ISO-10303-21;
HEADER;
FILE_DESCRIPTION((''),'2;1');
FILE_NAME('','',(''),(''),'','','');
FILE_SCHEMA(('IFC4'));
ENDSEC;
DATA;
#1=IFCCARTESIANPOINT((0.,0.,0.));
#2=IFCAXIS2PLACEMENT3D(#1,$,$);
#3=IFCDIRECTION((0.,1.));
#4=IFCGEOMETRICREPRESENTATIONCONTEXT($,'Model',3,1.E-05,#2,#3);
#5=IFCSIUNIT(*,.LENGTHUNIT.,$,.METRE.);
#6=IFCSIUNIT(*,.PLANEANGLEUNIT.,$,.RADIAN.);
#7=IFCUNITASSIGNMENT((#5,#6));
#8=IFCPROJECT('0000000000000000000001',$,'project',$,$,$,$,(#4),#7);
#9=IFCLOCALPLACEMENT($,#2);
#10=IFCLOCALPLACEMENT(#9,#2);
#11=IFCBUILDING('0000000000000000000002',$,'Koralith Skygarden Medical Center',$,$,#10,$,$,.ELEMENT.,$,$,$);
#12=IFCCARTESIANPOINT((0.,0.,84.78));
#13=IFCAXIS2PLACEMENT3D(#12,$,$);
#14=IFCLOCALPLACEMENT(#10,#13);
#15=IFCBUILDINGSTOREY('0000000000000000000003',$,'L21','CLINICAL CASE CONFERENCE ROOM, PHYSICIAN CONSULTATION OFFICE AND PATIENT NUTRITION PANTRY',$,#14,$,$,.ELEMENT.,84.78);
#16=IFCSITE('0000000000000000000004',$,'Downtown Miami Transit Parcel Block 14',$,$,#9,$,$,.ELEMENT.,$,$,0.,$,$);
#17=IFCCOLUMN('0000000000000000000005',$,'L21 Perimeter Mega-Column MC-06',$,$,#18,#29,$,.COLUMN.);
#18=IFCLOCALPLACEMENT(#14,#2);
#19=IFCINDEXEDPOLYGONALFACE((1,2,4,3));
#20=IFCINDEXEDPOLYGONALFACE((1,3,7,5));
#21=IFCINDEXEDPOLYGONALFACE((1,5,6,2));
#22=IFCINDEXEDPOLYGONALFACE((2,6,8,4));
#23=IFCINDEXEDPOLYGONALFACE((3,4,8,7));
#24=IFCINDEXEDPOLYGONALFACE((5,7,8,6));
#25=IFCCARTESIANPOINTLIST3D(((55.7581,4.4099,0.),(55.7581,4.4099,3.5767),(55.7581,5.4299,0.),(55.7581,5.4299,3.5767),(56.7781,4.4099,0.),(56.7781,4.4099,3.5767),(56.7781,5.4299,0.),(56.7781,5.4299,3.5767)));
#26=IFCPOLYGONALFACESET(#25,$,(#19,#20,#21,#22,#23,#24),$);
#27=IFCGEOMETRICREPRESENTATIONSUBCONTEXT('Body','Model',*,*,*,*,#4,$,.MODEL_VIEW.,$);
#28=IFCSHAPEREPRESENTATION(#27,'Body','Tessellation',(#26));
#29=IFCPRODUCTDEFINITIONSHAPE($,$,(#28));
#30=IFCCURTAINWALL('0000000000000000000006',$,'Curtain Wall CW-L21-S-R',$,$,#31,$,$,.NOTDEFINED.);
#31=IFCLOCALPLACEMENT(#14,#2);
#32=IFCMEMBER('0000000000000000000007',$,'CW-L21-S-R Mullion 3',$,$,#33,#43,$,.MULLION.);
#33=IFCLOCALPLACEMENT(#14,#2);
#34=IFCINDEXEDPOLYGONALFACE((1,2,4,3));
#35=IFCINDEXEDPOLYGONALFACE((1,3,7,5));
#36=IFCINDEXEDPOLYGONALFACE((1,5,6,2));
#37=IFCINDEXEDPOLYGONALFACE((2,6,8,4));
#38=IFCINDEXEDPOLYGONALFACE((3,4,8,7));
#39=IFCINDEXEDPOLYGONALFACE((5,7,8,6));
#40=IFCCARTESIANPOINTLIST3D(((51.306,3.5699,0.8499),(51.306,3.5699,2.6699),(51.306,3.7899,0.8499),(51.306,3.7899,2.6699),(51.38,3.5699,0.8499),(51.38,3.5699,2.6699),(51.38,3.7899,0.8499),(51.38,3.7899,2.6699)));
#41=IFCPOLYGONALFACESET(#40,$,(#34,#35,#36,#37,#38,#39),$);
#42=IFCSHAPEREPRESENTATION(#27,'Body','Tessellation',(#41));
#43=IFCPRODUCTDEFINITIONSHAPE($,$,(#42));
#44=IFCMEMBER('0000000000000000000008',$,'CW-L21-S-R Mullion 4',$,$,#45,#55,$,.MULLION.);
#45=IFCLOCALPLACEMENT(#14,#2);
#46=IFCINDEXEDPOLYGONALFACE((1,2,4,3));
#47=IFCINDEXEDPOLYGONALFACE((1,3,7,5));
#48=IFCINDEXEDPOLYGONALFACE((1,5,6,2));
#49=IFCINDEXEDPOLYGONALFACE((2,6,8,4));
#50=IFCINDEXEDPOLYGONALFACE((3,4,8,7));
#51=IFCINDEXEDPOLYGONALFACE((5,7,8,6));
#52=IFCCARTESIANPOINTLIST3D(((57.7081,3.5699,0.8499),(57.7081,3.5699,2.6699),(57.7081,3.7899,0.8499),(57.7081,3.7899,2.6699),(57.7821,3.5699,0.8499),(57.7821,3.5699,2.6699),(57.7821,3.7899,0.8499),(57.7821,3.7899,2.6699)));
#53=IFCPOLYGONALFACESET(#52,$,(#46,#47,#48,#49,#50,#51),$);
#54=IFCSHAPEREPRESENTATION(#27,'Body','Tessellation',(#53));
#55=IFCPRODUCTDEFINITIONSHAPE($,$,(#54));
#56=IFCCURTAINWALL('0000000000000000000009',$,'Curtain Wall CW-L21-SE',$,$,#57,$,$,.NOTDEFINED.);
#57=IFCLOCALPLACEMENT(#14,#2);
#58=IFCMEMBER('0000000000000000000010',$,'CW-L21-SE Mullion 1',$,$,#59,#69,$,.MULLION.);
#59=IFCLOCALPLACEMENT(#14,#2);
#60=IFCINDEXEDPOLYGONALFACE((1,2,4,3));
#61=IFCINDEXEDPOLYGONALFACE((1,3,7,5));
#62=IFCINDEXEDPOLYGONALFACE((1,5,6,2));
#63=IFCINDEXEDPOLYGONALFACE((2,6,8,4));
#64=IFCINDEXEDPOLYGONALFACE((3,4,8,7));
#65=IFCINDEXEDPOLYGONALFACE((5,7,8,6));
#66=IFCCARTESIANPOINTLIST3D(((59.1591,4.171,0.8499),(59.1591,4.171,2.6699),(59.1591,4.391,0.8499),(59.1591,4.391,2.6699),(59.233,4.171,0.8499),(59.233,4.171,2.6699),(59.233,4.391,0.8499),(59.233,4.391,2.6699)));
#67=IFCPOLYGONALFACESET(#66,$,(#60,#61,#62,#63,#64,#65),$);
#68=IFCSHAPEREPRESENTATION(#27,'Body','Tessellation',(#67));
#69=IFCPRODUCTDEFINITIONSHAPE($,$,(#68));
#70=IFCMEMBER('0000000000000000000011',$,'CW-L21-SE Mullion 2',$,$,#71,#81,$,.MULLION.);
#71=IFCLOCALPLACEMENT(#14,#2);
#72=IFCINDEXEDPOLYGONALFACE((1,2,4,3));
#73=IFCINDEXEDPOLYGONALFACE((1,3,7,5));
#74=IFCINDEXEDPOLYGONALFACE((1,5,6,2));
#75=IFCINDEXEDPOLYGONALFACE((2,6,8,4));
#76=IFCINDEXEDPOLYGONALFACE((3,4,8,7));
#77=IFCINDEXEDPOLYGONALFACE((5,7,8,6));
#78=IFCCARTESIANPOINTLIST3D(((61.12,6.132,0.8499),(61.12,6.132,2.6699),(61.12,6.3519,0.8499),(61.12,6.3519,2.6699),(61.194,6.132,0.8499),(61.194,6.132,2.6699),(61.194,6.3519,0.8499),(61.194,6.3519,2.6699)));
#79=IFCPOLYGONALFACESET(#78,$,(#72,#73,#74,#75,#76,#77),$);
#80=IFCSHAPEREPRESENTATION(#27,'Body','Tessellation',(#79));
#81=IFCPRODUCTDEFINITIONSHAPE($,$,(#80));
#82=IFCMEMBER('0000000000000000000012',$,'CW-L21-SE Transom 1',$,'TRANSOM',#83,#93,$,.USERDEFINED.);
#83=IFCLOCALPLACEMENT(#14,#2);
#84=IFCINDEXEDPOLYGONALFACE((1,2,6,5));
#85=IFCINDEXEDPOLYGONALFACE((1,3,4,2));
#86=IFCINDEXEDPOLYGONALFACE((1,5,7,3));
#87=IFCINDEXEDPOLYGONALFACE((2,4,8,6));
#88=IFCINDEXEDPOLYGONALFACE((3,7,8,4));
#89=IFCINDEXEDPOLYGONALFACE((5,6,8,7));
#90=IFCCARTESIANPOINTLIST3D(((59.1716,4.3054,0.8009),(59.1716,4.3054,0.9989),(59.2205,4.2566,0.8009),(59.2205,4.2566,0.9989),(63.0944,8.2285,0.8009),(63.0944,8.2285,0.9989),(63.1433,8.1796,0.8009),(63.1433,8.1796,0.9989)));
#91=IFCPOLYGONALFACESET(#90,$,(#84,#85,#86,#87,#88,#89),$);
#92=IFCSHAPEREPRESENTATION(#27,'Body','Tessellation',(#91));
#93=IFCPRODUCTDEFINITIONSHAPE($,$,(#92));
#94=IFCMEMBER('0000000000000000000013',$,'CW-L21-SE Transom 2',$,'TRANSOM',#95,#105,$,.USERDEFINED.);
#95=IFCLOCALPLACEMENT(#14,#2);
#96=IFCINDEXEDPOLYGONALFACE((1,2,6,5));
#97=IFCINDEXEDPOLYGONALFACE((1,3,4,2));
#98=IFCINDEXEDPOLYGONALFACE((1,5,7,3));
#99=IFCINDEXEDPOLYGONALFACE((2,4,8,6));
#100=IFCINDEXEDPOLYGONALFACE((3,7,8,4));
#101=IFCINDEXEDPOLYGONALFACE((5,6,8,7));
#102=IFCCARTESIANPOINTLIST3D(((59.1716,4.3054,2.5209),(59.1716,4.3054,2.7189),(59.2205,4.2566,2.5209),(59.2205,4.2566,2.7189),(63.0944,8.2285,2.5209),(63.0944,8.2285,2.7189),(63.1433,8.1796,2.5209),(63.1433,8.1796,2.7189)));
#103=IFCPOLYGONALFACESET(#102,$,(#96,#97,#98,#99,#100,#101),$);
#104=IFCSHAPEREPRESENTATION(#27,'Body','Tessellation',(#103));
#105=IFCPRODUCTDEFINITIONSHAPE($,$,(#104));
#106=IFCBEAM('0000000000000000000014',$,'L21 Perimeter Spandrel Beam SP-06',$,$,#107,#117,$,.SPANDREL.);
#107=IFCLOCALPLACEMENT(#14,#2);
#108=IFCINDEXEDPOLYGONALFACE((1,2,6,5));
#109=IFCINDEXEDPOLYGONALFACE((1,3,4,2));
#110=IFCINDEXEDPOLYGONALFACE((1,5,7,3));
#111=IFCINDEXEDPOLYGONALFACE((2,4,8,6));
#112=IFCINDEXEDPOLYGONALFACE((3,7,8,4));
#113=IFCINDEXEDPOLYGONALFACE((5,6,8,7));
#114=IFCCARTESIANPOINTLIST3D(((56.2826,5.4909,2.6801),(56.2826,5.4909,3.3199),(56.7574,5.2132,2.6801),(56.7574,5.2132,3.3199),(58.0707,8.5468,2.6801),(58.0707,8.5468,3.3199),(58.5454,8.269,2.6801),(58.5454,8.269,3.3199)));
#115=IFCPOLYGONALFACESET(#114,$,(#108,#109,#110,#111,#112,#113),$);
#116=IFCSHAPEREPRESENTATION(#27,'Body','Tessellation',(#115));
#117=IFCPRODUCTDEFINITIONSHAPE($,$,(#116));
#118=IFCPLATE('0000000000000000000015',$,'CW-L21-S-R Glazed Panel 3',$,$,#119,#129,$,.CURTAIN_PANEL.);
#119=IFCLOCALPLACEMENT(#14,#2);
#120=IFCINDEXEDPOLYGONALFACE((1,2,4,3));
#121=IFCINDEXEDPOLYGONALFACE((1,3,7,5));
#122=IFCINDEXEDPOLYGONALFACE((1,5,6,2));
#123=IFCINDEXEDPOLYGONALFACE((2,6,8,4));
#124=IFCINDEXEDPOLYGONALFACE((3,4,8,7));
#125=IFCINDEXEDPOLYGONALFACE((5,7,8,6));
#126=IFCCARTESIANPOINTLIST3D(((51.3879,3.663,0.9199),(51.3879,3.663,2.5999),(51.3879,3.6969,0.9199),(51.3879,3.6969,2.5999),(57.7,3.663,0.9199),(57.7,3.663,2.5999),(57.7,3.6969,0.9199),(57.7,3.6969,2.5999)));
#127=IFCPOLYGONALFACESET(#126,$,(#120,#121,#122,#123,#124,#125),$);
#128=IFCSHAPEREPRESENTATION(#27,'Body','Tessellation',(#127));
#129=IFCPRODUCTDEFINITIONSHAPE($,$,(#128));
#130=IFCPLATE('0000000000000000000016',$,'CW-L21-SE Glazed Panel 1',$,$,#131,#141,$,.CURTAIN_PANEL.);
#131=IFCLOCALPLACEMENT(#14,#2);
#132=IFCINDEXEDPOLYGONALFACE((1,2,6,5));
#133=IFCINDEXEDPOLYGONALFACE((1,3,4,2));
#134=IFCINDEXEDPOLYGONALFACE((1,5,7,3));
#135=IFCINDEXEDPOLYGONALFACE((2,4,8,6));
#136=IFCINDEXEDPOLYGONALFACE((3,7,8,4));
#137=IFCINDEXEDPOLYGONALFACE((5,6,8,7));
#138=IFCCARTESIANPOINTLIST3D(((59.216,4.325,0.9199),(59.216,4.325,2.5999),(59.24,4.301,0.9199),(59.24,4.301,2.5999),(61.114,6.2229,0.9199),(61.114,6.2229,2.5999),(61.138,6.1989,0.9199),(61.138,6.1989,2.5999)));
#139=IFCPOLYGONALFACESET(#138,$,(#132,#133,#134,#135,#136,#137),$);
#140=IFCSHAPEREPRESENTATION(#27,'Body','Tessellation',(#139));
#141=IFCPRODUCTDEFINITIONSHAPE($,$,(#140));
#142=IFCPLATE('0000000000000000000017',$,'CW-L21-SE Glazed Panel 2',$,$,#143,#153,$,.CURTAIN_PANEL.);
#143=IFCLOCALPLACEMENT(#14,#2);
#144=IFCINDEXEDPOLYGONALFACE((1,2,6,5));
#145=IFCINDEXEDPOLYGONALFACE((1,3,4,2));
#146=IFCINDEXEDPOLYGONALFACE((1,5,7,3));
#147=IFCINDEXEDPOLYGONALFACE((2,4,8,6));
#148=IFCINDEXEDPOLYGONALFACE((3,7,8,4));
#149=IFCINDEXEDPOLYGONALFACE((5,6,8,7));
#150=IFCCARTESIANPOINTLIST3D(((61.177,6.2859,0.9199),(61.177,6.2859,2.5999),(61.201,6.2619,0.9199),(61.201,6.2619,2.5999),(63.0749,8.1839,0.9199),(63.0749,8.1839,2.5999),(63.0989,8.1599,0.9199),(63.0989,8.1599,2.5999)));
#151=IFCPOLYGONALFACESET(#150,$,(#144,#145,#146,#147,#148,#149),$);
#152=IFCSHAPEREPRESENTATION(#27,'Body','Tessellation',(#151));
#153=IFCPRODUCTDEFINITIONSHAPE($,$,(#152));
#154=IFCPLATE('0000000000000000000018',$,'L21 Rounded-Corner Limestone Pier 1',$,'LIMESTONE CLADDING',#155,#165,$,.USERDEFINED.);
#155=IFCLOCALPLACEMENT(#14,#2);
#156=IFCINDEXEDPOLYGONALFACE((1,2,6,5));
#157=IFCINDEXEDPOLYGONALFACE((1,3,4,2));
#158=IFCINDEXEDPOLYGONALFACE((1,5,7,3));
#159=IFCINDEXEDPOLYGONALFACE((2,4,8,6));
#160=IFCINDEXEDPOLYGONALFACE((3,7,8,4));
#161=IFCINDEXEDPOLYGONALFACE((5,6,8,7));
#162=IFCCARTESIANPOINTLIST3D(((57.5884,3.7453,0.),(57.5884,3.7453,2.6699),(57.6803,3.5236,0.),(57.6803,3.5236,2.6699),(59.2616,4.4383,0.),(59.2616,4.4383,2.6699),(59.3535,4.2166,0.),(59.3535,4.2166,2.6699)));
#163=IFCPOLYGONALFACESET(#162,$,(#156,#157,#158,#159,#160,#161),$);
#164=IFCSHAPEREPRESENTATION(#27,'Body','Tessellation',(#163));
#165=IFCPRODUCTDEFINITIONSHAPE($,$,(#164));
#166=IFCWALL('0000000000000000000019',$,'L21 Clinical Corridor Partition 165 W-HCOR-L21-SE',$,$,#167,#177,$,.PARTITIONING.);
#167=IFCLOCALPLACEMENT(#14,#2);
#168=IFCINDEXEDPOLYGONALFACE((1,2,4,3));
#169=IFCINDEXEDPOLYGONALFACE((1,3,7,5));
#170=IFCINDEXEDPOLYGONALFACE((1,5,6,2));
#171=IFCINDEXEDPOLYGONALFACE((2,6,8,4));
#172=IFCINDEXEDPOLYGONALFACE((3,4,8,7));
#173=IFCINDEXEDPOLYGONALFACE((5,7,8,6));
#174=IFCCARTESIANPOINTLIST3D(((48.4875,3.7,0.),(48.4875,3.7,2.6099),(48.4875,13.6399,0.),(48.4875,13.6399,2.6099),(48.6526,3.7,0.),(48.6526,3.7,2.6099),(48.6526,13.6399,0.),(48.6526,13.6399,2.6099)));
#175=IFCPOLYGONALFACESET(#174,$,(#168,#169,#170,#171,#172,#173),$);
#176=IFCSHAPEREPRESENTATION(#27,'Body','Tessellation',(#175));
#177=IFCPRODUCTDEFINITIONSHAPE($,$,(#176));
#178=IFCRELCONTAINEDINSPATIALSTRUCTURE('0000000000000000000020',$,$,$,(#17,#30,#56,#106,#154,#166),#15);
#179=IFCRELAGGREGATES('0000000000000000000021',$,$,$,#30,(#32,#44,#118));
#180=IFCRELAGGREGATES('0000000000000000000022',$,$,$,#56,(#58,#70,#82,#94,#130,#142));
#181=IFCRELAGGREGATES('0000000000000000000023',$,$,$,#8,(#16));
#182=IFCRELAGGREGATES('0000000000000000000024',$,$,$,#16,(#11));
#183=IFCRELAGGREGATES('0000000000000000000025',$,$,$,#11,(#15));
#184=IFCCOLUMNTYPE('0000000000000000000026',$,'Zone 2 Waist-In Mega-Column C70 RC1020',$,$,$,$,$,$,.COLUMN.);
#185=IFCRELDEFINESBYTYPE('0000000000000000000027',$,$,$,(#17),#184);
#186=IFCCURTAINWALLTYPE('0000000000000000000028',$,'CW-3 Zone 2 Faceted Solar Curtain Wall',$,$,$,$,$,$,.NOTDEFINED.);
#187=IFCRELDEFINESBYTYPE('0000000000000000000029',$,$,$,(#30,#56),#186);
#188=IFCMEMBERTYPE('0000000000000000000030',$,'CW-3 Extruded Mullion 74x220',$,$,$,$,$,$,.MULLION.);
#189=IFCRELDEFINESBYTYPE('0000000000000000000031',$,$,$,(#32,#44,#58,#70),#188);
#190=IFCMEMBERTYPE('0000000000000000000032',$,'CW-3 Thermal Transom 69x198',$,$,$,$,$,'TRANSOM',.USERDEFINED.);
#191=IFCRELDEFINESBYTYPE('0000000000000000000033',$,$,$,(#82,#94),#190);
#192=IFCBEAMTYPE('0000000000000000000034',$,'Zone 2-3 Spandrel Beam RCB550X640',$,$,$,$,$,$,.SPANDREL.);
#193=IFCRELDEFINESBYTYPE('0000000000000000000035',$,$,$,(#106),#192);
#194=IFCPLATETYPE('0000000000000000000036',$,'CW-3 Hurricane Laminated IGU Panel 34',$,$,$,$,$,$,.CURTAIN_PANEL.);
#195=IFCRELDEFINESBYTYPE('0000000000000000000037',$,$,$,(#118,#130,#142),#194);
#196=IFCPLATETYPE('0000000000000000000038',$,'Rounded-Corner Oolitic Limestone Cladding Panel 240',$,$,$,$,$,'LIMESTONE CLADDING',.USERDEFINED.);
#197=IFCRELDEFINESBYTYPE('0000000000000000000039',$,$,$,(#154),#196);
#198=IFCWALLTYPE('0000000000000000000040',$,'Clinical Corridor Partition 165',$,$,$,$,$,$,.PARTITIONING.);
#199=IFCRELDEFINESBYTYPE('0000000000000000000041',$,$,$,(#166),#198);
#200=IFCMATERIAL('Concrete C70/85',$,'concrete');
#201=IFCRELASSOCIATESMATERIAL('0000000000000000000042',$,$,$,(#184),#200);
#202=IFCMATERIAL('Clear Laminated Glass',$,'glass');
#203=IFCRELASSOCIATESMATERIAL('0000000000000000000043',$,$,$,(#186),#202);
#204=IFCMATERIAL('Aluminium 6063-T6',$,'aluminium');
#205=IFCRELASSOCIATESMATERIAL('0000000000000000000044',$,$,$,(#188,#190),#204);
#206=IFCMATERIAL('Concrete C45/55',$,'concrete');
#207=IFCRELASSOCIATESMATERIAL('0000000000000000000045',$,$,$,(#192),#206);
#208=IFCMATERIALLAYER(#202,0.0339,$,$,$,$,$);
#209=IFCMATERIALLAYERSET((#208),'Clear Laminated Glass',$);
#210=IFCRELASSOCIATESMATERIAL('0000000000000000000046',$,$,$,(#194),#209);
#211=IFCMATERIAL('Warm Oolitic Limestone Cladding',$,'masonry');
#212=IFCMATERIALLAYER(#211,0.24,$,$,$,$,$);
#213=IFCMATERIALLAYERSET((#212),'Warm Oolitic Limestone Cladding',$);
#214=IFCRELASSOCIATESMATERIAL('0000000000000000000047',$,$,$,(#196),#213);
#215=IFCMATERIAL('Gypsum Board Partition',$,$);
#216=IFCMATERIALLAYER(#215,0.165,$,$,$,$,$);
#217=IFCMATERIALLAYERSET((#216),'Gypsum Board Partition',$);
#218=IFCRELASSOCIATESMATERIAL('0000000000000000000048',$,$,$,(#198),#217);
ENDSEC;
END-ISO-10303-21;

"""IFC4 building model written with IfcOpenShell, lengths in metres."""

from ifc_helpers import new_model, si_unit, direction, frame, frame_2d, origin, origin_2d, place, context, subcontext, project, spatial, rectangle, extrude, material, layer, layer_set, material_profile, profile_set, type_object, element, aggregate, save


model = new_model("IFC4")

# Units and contexts
model_context = context("Model", 3, precision=1e-05, world=origin(), true_north=direction((0.0, 1.0)))
body_context = subcontext(model_context, "Body", "Model", "MODEL_VIEW")
ifc_project = project(units=[si_unit("LENGTHUNIT", "METRE"), si_unit("PLANEANGLEUNIT", "RADIAN")], contexts=[model_context])

# Site, building, storey
site_placement = place(None, origin())
site = spatial("IfcSite", under=ifc_project, at=site_placement, Name="Downtown Miami Transit Parcel Block 14", CompositionType="ELEMENT", RefElevation=0.0)
building_placement = place(site_placement, origin())
building = spatial("IfcBuilding", under=site, at=building_placement, Name="Koralith Skygarden Medical Center", CompositionType="ELEMENT")
storey_placement = place(building_placement, frame((0.0, 0.0, 84.78)))
storey = spatial("IfcBuildingStorey", under=building, at=storey_placement, Name="L21", Description="CLINICAL CASE CONFERENCE ROOM, PHYSICIAN CONSULTATION OFFICE AND PATIENT NUTRITION PANTRY", CompositionType="ELEMENT", Elevation=84.78)

# Column
ifc_material_1 = material(Name="Concrete C70/85", Category="concrete")
ifc_material_profile_1 = material_profile(ifc_material_1, rectangle(XDim=1.02, YDim=1.02, at=origin_2d()), Name="RC1020X1020")
ifc_profile_set_1 = profile_set([ifc_material_profile_1], Name="Concrete C70/85")
column_type = type_object("IfcColumnType", Name="Zone 2 Waist-In Mega-Column C70 RC1020", PredefinedType="COLUMN", material=ifc_profile_set_1)
column_placement = place(storey_placement, frame((56.2681, 4.9199, 0.0), z_axis=(0.0, 0.0, 1.0), x_axis=(1.0, 0.0, 0.0)))
element("IfcColumn", 1, at=column_placement, inside=storey, type_object=column_type, Name="L21 Perimeter Mega-Column MC-06", PredefinedType="COLUMN", context=body_context, shape_type="SweptSolid", body=[
    extrude(rectangle(XDim=1.02, YDim=1.02, at=origin_2d()), origin(), (0.0, 0.0, 1.0), 3.5767),
])

# Curtain walls, members
ifc_material_2 = material(Name="Clear Laminated Glass", Category="glass")
curtain_wall_type = type_object("IfcCurtainWallType", Name="CW-3 Zone 2 Faceted Solar Curtain Wall", PredefinedType="NOTDEFINED", material=ifc_material_2)
curtain_wall_1_placement = place(storey_placement, origin())
curtain_wall_1 = element("IfcCurtainWall", 2, at=curtain_wall_1_placement, inside=storey, type_object=curtain_wall_type, Name="Curtain Wall CW-L21-S-R", PredefinedType="NOTDEFINED")
ifc_material_3 = material(Name="Aluminium 6063-T6", Category="aluminium")
ifc_material_profile_2 = material_profile(ifc_material_3, rectangle(XDim=0.074, YDim=0.22, at=origin_2d()), Name="MUL74X220")
ifc_profile_set_2 = profile_set([ifc_material_profile_2], Name="Aluminium 6063-T6")
member_type_1 = type_object("IfcMemberType", Name="CW-3 Extruded Mullion 74x220", PredefinedType="MULLION", material=ifc_profile_set_2)
member_1_placement = place(storey_placement, frame((51.343, 3.6799, 0.8499), z_axis=(0.0, 0.0, 1.0), x_axis=(1.0, 0.0, 0.0)))
member_1 = element("IfcMember", 3, at=member_1_placement, type_object=member_type_1, Name="CW-L21-S-R Mullion 3", PredefinedType="MULLION", context=body_context, shape_type="SweptSolid", body=[
    extrude(rectangle(XDim=0.074, YDim=0.22, at=origin_2d()), origin(), (0.0, 0.0, 1.0), 1.8201),
])
member_2_placement = place(storey_placement, frame((57.7451, 3.6799, 0.8499), z_axis=(0.0, 0.0, 1.0), x_axis=(1.0, 0.0, 0.0)))
member_2 = element("IfcMember", 4, at=member_2_placement, type_object=member_type_1, Name="CW-L21-S-R Mullion 4", PredefinedType="MULLION", context=body_context, shape_type="SweptSolid", body=[
    extrude(rectangle(XDim=0.074, YDim=0.22, at=origin_2d()), origin(), (0.0, 0.0, 1.0), 1.8201),
])
curtain_wall_2_placement = place(storey_placement, origin())
curtain_wall_2 = element("IfcCurtainWall", 5, at=curtain_wall_2_placement, inside=storey, type_object=curtain_wall_type, Name="Curtain Wall CW-L21-SE", PredefinedType="NOTDEFINED")
member_3_placement = place(storey_placement, frame((59.196, 4.281, 0.8499), z_axis=(0.0, 0.0, 1.0), x_axis=(1.0, 0.0, 0.0)))
member_3 = element("IfcMember", 6, at=member_3_placement, type_object=member_type_1, Name="CW-L21-SE Mullion 1", PredefinedType="MULLION", context=body_context, shape_type="SweptSolid", body=[
    extrude(rectangle(XDim=0.074, YDim=0.22, at=origin_2d()), origin(), (0.0, 0.0, 1.0), 1.8201),
])
member_4_placement = place(storey_placement, frame((61.157, 6.2419, 0.8499), z_axis=(0.0, 0.0, 1.0), x_axis=(1.0, 0.0, 0.0)))
member_4 = element("IfcMember", 7, at=member_4_placement, type_object=member_type_1, Name="CW-L21-SE Mullion 2", PredefinedType="MULLION", context=body_context, shape_type="SweptSolid", body=[
    extrude(rectangle(XDim=0.074, YDim=0.22, at=origin_2d()), origin(), (0.0, 0.0, 1.0), 1.8201),
])
ifc_material_profile_3 = material_profile(ifc_material_3, rectangle(XDim=0.0691, YDim=0.198, at=origin_2d()), Name="TRN69X198")
ifc_profile_set_3 = profile_set([ifc_material_profile_3], Name="Aluminium 6063-T6")
member_type_2 = type_object("IfcMemberType", Name="CW-3 Thermal Transom 69x198", ElementType="TRANSOM", PredefinedType="USERDEFINED", material=ifc_profile_set_3)
member_5_placement = place(storey_placement, frame((59.196, 4.281, 0.8999), z_axis=(0.707085, 0.707129, 0.0), x_axis=(-0.707129, 0.707085, 0.0)))
member_5 = element("IfcMember", 8, at=member_5_placement, type_object=member_type_2, Name="CW-L21-SE Transom 1", ObjectType="TRANSOM", PredefinedType="USERDEFINED", context=body_context, shape_type="SweptSolid", body=[
    extrude(rectangle(XDim=0.0691, YDim=0.198, at=origin_2d()), origin(), (0.0, 0.0, 1.0), 5.5479),
])
member_6_placement = place(storey_placement, frame((59.196, 4.281, 2.6199), z_axis=(0.707085, 0.707129, 0.0), x_axis=(-0.707129, 0.707085, 0.0)))
member_6 = element("IfcMember", 9, at=member_6_placement, type_object=member_type_2, Name="CW-L21-SE Transom 2", ObjectType="TRANSOM", PredefinedType="USERDEFINED", context=body_context, shape_type="SweptSolid", body=[
    extrude(rectangle(XDim=0.0691, YDim=0.198, at=origin_2d()), origin(), (0.0, 0.0, 1.0), 5.5479),
])

# Beam
ifc_material_4 = material(Name="Concrete C45/55", Category="concrete")
ifc_material_profile_4 = material_profile(ifc_material_4, rectangle(XDim=0.55, YDim=0.6399, at=origin_2d()), Name="RCB550X640")
ifc_profile_set_4 = profile_set([ifc_material_profile_4], Name="Concrete C45/55")
beam_type = type_object("IfcBeamType", Name="Zone 2-3 Spandrel Beam RCB550X640", PredefinedType="SPANDREL", material=ifc_profile_set_4)
beam_placement = place(storey_placement, frame((56.52, 5.3521, 3.0), z_axis=(0.505024, 0.863105, 0.0), x_axis=(-0.863105, 0.505024, 0.0)))
element("IfcBeam", 10, at=beam_placement, inside=storey, type_object=beam_type, Name="L21 Perimeter Spandrel Beam SP-06", PredefinedType="SPANDREL", context=body_context, shape_type="SweptSolid", body=[
    extrude(rectangle(XDim=0.55, YDim=0.6399, at=origin_2d()), origin(), (0.0, 0.0, 1.0), 3.5405),
])

# Plates
ifc_layer_1 = layer(ifc_material_2, 0.0339)
ifc_layer_set_1 = layer_set([ifc_layer_1], Name="Clear Laminated Glass")
plate_type_1 = type_object("IfcPlateType", Name="CW-3 Hurricane Laminated IGU Panel 34", PredefinedType="CURTAIN_PANEL", material=ifc_layer_set_1)
plate_1_placement = place(storey_placement, frame((54.5439, 3.6799, 0.9199), z_axis=(0.0, 0.0, 1.0), x_axis=(1.0, 0.0, 0.0)))
plate_1 = element("IfcPlate", 11, at=plate_1_placement, type_object=plate_type_1, Name="CW-L21-S-R Glazed Panel 3", PredefinedType="CURTAIN_PANEL", context=body_context, shape_type="SweptSolid", body=[
    extrude(rectangle(XDim=6.312, YDim=0.0339, at=origin_2d()), origin(), (0.0, 0.0, 1.0), 1.6799),
])
aggregate(curtain_wall_1, [member_1, member_2, plate_1])
plate_2_placement = place(storey_placement, frame((60.177, 5.262, 0.9199), z_axis=(0.0, 0.0, 1.0), x_axis=(0.707107, 0.707107, 0.0)))
plate_2 = element("IfcPlate", 12, at=plate_2_placement, type_object=plate_type_1, Name="CW-L21-SE Glazed Panel 1", PredefinedType="CURTAIN_PANEL", context=body_context, shape_type="SweptSolid", body=[
    extrude(rectangle(XDim=2.6841, YDim=0.0339, at=origin_2d()), origin(), (0.0, 0.0, 1.0), 1.6799),
])
plate_3_placement = place(storey_placement, frame((62.1379, 7.2229, 0.9199), z_axis=(0.0, 0.0, 1.0), x_axis=(0.707107, 0.707107, 0.0)))
plate_3 = element("IfcPlate", 13, at=plate_3_placement, type_object=plate_type_1, Name="CW-L21-SE Glazed Panel 2", PredefinedType="CURTAIN_PANEL", context=body_context, shape_type="SweptSolid", body=[
    extrude(rectangle(XDim=2.6841, YDim=0.0339, at=origin_2d()), origin(), (0.0, 0.0, 1.0), 1.6799),
])
aggregate(curtain_wall_2, [member_3, member_4, member_5, member_6, plate_2, plate_3])
ifc_material_5 = material(Name="Warm Oolitic Limestone Cladding", Category="masonry")
ifc_layer_2 = layer(ifc_material_5, 0.24)
ifc_layer_set_2 = layer_set([ifc_layer_2], Name="Warm Oolitic Limestone Cladding")
plate_type_2 = type_object("IfcPlateType", Name="Rounded-Corner Oolitic Limestone Cladding Panel 240", ElementType="LIMESTONE CLADDING", PredefinedType="USERDEFINED", material=ifc_layer_set_2)
plate_4_placement = place(storey_placement, frame((58.4709, 3.981, 0.0), z_axis=(0.0, 0.0, 1.0), x_axis=(0.923885, 0.382671, 0.0)))
element("IfcPlate", 14, at=plate_4_placement, inside=storey, type_object=plate_type_2, Name="L21 Rounded-Corner Limestone Pier 1", ObjectType="LIMESTONE CLADDING", PredefinedType="USERDEFINED", context=body_context, shape_type="SweptSolid", body=[
    extrude(rectangle(XDim=1.811, YDim=0.24, at=origin_2d()), origin(), (0.0, 0.0, 1.0), 2.6699),
])

# Wall
ifc_material_6 = material(Name="Gypsum Board Partition")
ifc_layer_3 = layer(ifc_material_6, 0.165)
ifc_layer_set_3 = layer_set([ifc_layer_3], Name="Gypsum Board Partition")
wall_type_1 = type_object("IfcWallType", Name="Clinical Corridor Partition 165", PredefinedType="PARTITIONING", material=ifc_layer_set_3)
wall_1_placement = place(storey_placement, frame((48.5701, 3.7, 0.0), z_axis=(0.0, 0.0, 1.0), x_axis=(0.0, 1.0, 0.0)))
element("IfcWall", 15, at=wall_1_placement, inside=storey, type_object=wall_type_1, Name="L21 Clinical Corridor Partition 165 W-HCOR-L21-SE", PredefinedType="PARTITIONING", context=body_context, shape_type="SweptSolid", body=[
    extrude(rectangle(XDim=9.9399, YDim=0.165, at=frame_2d((4.97, 0.0))), origin(), (0.0, 0.0, 1.0), 2.6099),
])

save(model, "model.ifc")
